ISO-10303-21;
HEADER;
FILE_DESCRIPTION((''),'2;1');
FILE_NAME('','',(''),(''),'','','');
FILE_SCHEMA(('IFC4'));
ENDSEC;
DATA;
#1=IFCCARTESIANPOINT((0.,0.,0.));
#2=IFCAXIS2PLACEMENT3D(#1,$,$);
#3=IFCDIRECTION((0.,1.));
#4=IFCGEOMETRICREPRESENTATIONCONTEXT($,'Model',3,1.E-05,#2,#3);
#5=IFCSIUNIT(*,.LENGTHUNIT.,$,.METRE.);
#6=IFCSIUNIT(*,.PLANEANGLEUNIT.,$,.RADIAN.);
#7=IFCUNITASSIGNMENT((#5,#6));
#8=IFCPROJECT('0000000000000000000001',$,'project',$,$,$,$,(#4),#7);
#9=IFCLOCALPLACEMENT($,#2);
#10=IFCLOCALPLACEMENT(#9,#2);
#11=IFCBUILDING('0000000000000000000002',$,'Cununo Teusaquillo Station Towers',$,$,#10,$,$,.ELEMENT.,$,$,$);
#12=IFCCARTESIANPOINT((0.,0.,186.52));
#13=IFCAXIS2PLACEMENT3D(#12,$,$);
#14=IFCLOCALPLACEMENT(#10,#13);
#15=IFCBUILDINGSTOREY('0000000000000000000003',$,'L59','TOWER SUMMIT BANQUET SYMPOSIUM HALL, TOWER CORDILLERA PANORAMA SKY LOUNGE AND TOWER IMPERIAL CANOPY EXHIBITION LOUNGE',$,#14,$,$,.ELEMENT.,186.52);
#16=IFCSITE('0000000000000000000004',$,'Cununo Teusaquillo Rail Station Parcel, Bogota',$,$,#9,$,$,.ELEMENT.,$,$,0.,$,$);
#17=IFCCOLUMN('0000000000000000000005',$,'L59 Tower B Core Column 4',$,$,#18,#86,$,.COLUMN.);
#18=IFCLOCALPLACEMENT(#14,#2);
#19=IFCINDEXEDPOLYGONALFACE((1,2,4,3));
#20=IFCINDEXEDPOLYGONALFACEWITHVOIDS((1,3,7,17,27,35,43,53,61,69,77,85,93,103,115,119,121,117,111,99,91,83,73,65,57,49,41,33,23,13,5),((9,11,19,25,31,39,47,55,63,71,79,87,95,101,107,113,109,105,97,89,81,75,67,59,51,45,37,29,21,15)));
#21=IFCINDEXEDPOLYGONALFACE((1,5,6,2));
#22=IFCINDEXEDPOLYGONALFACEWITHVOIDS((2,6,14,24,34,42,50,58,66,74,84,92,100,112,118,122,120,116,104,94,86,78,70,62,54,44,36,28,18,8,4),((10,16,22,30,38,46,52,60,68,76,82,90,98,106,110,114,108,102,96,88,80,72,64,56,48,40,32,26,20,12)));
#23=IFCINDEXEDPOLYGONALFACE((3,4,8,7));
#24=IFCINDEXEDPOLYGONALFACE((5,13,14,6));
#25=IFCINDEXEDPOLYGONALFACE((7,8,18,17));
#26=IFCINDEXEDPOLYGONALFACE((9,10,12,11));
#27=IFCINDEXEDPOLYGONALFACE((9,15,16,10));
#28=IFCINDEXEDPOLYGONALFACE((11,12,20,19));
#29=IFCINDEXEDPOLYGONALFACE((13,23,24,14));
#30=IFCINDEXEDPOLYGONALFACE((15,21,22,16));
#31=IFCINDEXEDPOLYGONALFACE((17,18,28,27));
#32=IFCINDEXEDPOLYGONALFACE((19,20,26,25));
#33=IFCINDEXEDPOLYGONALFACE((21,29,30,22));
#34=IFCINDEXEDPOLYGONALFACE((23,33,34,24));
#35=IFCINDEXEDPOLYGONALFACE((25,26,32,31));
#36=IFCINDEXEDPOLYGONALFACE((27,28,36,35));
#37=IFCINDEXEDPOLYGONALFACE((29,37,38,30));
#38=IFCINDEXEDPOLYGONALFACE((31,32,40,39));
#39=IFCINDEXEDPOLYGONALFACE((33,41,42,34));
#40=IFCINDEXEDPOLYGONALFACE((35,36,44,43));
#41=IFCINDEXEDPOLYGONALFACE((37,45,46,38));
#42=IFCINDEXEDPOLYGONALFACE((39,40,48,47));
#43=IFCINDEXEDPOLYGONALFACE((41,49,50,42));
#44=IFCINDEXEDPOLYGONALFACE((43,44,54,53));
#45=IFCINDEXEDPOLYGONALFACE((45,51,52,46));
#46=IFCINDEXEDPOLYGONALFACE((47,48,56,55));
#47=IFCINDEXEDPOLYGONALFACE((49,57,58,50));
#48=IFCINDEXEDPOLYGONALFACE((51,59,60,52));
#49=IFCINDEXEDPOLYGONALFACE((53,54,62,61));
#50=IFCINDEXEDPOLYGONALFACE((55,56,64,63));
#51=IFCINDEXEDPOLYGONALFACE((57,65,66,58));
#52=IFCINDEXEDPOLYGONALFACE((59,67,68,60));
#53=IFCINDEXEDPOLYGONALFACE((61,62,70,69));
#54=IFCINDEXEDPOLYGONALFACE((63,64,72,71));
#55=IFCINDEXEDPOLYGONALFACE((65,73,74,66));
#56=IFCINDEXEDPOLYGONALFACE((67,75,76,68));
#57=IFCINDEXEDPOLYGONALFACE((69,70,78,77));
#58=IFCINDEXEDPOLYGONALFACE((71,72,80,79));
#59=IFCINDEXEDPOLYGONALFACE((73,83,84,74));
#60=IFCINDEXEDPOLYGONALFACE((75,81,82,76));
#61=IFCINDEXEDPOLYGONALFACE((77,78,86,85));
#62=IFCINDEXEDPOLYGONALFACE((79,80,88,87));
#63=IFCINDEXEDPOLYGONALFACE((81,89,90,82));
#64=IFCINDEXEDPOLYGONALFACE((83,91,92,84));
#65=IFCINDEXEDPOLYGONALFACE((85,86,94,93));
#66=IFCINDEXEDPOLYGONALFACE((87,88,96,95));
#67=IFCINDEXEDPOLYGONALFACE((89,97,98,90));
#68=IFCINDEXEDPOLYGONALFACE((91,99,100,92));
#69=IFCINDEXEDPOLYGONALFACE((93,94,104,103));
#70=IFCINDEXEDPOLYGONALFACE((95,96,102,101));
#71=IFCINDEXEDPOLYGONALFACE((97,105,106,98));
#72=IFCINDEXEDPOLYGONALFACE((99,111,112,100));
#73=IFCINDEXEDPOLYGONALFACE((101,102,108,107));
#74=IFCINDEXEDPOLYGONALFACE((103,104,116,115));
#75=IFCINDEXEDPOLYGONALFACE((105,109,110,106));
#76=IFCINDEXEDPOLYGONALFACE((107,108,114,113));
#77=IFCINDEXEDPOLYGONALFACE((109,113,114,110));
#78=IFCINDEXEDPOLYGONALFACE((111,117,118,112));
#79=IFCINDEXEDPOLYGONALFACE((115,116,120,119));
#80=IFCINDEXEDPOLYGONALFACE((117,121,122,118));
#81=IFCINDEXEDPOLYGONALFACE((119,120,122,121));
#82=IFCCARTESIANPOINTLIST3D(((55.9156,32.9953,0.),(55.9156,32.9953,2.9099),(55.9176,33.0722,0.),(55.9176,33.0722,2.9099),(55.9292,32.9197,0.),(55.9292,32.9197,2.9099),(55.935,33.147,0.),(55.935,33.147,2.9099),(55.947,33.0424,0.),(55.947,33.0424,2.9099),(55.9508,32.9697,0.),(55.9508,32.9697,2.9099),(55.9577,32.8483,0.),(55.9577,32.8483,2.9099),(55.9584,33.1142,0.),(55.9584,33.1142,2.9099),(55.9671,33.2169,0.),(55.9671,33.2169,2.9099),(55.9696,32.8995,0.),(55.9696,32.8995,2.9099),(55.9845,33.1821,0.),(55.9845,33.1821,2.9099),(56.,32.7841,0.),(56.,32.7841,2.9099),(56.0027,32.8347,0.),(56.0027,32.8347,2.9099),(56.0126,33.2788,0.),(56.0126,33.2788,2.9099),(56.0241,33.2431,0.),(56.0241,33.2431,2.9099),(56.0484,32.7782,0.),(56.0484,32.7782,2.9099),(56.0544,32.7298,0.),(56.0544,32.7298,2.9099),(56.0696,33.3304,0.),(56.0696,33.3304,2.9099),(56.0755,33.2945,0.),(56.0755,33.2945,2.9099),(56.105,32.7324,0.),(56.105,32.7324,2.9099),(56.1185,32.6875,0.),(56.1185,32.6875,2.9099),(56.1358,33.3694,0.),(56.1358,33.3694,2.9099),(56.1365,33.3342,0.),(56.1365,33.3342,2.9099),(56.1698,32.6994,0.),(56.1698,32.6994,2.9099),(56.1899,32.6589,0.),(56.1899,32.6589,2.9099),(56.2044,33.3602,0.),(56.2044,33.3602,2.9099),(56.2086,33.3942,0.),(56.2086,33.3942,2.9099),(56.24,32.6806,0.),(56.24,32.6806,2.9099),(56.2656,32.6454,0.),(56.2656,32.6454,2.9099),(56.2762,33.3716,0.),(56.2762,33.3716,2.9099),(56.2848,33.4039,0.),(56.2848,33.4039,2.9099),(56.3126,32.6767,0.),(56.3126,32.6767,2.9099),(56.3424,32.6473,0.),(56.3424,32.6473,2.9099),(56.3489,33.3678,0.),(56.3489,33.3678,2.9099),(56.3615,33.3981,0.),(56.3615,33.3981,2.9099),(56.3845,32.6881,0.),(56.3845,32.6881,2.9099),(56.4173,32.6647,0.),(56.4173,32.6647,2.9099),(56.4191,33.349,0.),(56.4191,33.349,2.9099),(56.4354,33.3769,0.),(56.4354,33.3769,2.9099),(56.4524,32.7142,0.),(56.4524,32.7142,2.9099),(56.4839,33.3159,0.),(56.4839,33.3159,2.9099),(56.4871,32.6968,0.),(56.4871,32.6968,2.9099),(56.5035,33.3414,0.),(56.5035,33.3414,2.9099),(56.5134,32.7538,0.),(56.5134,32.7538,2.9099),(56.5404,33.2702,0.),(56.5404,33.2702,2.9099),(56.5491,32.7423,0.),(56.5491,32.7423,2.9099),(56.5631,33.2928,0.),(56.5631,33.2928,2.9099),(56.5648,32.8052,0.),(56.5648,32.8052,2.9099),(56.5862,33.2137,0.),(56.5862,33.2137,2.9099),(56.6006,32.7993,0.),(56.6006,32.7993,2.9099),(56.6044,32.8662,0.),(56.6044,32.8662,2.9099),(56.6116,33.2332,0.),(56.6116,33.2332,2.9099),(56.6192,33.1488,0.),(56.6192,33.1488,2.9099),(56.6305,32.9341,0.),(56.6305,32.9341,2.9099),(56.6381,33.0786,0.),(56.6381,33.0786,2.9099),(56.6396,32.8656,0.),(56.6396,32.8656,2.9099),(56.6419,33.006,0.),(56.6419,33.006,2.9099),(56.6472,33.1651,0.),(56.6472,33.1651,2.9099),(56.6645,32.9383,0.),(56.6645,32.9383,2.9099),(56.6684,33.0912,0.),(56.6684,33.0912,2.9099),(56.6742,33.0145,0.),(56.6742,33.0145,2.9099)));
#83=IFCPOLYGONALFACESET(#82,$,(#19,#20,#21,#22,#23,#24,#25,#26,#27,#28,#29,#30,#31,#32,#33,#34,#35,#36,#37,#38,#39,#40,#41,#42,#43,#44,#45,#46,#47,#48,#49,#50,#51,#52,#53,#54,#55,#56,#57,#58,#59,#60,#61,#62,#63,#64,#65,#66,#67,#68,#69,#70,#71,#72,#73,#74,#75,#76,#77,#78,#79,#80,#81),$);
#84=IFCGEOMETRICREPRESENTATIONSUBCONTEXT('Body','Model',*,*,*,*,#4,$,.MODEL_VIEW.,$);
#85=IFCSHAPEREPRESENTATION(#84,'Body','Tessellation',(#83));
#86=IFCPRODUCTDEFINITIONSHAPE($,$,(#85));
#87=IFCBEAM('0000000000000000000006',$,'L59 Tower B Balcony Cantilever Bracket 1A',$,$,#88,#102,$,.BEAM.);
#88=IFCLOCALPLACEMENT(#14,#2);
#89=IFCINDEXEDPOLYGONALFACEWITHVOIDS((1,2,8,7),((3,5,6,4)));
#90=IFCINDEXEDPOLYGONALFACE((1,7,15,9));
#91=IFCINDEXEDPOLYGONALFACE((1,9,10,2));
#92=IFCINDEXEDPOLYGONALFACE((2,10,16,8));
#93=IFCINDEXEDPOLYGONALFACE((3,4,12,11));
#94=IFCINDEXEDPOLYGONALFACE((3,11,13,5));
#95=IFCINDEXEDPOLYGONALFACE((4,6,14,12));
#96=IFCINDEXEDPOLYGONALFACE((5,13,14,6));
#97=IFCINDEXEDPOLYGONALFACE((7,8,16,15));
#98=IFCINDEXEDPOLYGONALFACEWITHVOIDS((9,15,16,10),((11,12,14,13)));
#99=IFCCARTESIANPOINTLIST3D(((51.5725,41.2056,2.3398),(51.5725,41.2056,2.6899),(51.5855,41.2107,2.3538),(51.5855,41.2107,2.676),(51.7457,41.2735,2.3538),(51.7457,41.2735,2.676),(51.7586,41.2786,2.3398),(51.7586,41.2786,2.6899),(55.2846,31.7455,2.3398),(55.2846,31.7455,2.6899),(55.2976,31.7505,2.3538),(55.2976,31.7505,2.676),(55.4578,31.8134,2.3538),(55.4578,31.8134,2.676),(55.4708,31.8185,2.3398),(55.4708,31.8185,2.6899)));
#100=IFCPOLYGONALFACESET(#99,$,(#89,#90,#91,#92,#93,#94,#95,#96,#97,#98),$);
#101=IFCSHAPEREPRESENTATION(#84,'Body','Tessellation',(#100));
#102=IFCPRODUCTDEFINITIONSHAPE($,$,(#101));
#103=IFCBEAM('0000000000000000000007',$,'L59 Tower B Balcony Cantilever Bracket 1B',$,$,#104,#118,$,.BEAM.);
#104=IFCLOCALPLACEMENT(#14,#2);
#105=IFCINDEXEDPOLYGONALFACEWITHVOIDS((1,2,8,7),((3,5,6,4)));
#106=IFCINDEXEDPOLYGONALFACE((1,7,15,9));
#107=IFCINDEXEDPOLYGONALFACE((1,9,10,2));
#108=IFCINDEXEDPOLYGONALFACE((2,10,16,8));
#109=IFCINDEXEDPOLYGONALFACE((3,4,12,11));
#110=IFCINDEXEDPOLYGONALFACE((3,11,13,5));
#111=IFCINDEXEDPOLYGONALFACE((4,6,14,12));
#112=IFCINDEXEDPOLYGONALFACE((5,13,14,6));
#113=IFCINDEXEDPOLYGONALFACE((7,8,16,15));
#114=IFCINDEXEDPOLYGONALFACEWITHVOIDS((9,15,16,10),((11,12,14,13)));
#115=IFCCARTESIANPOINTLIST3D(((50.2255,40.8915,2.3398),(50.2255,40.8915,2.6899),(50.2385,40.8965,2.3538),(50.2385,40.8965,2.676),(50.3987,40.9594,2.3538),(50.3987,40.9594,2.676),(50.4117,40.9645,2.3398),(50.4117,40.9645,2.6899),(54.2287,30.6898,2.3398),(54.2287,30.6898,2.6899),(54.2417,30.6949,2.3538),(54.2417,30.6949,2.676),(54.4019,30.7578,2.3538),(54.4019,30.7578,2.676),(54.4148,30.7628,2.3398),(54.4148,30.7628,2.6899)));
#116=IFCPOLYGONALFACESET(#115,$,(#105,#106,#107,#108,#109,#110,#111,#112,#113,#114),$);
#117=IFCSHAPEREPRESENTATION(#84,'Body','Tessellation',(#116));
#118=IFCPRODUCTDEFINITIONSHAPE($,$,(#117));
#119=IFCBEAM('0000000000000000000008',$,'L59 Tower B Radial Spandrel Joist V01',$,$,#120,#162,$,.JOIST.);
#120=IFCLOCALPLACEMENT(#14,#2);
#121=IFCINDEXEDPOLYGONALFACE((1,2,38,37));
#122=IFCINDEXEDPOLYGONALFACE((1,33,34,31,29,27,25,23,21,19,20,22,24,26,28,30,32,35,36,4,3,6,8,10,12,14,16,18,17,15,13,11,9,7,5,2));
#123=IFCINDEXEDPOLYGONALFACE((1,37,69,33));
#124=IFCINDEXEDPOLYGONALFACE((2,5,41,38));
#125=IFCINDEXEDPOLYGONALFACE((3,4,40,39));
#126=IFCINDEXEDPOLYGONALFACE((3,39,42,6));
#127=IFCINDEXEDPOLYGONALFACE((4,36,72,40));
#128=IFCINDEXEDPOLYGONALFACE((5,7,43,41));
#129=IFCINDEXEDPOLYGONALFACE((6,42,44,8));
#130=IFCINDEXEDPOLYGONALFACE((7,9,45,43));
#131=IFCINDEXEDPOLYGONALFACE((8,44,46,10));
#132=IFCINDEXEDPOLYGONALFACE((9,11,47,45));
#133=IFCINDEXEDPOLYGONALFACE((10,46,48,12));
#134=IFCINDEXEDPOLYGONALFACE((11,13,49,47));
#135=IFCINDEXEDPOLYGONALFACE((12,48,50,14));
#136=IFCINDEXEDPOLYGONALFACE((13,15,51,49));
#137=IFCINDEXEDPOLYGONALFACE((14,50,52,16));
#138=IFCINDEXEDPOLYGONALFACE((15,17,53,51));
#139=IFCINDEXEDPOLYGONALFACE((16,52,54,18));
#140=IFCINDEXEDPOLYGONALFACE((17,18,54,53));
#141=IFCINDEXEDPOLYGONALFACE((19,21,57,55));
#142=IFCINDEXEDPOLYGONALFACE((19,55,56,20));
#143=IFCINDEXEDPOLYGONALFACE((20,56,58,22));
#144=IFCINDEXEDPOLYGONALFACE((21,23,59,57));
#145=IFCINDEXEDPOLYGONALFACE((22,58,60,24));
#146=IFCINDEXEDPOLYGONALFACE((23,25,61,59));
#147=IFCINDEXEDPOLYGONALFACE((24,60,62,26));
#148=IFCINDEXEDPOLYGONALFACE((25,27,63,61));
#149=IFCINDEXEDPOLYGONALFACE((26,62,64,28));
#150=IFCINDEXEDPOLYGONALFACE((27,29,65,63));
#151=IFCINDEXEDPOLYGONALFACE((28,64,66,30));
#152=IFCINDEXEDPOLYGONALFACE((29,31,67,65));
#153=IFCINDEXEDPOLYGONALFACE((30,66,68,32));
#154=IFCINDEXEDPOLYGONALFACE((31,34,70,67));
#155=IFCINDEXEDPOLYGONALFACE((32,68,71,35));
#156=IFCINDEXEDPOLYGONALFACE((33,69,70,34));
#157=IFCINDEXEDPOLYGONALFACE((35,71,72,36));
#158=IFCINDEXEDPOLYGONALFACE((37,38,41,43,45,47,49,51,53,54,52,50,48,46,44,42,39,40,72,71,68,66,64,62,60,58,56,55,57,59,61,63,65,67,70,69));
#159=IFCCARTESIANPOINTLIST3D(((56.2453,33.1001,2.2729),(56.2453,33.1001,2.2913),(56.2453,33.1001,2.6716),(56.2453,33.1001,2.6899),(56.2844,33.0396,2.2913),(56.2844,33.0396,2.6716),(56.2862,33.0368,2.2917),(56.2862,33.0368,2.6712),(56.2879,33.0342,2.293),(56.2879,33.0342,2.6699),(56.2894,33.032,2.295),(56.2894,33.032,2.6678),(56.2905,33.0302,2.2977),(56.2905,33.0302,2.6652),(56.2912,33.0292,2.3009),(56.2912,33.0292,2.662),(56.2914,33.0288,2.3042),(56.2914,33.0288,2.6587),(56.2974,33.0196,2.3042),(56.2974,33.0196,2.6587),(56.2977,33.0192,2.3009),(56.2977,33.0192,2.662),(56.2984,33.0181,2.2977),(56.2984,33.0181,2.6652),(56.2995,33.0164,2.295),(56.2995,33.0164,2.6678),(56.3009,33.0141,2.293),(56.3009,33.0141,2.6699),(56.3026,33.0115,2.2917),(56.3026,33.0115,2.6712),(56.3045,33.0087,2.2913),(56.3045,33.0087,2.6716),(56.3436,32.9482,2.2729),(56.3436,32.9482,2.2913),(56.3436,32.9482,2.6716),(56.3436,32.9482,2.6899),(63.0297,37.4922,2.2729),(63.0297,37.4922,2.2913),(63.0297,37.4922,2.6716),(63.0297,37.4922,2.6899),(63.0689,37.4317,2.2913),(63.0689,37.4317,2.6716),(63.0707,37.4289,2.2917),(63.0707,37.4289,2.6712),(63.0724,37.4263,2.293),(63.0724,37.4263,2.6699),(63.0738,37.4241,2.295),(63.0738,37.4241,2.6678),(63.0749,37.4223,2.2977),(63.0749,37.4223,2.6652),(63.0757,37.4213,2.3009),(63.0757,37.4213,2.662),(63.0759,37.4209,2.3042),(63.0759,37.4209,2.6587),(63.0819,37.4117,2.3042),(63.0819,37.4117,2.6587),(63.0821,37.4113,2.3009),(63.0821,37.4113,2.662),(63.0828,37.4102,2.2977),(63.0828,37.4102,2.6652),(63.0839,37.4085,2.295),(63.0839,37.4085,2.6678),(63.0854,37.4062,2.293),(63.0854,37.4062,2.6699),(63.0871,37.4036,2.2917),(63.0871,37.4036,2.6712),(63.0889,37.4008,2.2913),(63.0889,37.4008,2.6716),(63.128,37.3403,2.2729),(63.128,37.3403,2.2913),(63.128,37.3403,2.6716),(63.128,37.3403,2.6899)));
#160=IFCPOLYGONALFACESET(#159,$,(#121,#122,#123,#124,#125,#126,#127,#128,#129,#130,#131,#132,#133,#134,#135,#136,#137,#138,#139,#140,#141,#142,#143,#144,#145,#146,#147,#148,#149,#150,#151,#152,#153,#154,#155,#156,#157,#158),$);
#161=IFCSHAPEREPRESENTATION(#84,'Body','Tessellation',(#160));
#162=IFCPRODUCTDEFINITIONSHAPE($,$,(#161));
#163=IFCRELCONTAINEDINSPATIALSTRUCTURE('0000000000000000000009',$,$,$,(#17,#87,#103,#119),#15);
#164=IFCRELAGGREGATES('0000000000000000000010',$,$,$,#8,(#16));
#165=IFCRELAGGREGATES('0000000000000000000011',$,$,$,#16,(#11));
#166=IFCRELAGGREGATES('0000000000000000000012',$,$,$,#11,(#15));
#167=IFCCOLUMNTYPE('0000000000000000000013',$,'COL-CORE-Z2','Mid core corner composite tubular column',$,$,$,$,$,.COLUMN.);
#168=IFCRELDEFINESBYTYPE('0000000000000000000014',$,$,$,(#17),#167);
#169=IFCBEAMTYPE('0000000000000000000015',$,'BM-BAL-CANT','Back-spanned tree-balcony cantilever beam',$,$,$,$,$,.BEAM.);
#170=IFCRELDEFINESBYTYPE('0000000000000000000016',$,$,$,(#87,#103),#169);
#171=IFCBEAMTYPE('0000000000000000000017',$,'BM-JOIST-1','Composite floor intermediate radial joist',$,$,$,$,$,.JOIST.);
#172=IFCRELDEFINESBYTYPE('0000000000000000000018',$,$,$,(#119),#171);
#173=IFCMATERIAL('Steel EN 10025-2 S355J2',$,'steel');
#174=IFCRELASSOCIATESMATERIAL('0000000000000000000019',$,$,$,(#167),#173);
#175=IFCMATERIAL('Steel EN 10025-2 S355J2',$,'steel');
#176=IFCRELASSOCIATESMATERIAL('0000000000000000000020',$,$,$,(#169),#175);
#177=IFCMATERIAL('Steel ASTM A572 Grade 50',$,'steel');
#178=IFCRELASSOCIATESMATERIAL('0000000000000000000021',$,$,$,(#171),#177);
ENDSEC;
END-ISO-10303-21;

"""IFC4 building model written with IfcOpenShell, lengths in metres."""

from ifc_helpers import new_model, si_unit, direction, frame, origin, origin_2d, place, context, subcontext, project, spatial, hollow_rectangle, hollow_circle, i_section, extrude, material, material_profile, profile_set, type_object, element, save


model = new_model("IFC4")

# Units and contexts
model_context = context("Model", 3, precision=1e-05, world=origin(), true_north=direction((0.0, 1.0)))
body_context = subcontext(model_context, "Body", "Model", "MODEL_VIEW")
ifc_project = project(units=[si_unit("LENGTHUNIT", "METRE"), si_unit("PLANEANGLEUNIT", "RADIAN")], contexts=[model_context])

# Site, building, storey
site_placement = place(None, origin())
site = spatial("IfcSite", under=ifc_project, at=site_placement, Name="Cununo Teusaquillo Rail Station Parcel, Bogota", CompositionType="ELEMENT", RefElevation=0.0)
building_placement = place(site_placement, origin())
building = spatial("IfcBuilding", under=site, at=building_placement, Name="Cununo Teusaquillo Station Towers", CompositionType="ELEMENT")
storey_placement = place(building_placement, frame((0.0, 0.0, 186.52)))
storey = spatial("IfcBuildingStorey", under=building, at=storey_placement, Name="L59", Description="TOWER SUMMIT BANQUET SYMPOSIUM HALL, TOWER CORDILLERA PANORAMA SKY LOUNGE AND TOWER IMPERIAL CANOPY EXHIBITION LOUNGE", CompositionType="ELEMENT", Elevation=186.52)

# Column
ifc_material_1 = material(Name="Steel EN 10025-2 S355J2", Category="steel")
ifc_material_profile_1 = material_profile(ifc_material_1, hollow_circle(Radius=0.3799, WallThickness=0.032, at=origin_2d()), Name="CHS 760x32")
ifc_profile_set_1 = profile_set([ifc_material_profile_1], Name="Steel EN 10025-2 S355J2")
column_type = type_object("IfcColumnType", Name="COL-CORE-Z2", Description="Mid core corner composite tubular column", PredefinedType="COLUMN", material=ifc_profile_set_1)
column_placement = place(storey_placement, frame((56.2944, 33.0242, 0.0), z_axis=(0.0, 0.0, 1.0), x_axis=(0.707107, 0.707107, 0.0)))
element("IfcColumn", 1, at=column_placement, inside=storey, type_object=column_type, Name="L59 Tower B Core Column 4", PredefinedType="COLUMN", context=body_context, shape_type="SweptSolid", body=[
    extrude(hollow_circle(Radius=0.3799, WallThickness=0.032, at=origin_2d()), origin(), (0.0, 0.0, 1.0), 2.9099),
])

# Beams
ifc_material_2 = material(Name="Steel EN 10025-2 S355J2", Category="steel")
ifc_material_profile_2 = material_profile(ifc_material_2, hollow_rectangle(XDim=0.2, YDim=0.3501, WallThickness=0.0139, at=origin_2d()), Name="RHS 350x200x14")
ifc_profile_set_2 = profile_set([ifc_material_profile_2], Name="Steel EN 10025-2 S355J2")
beam_type_1 = type_object("IfcBeamType", Name="BM-BAL-CANT", Description="Back-spanned tree-balcony cantilever beam", PredefinedType="BEAM", material=ifc_profile_set_2)
beam_1_placement = place(storey_placement, frame((55.3777, 31.782, 2.5149), z_axis=(-0.365281, 0.930897, 0.0), x_axis=(-0.930897, -0.365281, 0.0)))
element("IfcBeam", 2, at=beam_1_placement, inside=storey, type_object=beam_type_1, Name="L59 Tower B Balcony Cantilever Bracket 1A", PredefinedType="BEAM", context=body_context, shape_type="SweptSolid", body=[
    extrude(hollow_rectangle(XDim=0.2, YDim=0.3501, WallThickness=0.0139, at=origin_2d()), origin(), (0.0, 0.0, 1.0), 10.1624),
])
beam_2_placement = place(storey_placement, frame((54.3218, 30.7263, 2.5149), z_axis=(-0.365287, 0.930895, 0.0), x_axis=(-0.930895, -0.365287, 0.0)))
element("IfcBeam", 3, at=beam_2_placement, inside=storey, type_object=beam_type_1, Name="L59 Tower B Balcony Cantilever Bracket 1B", PredefinedType="BEAM", context=body_context, shape_type="SweptSolid", body=[
    extrude(hollow_rectangle(XDim=0.2, YDim=0.3501, WallThickness=0.0139, at=origin_2d()), origin(), (0.0, 0.0, 1.0), 10.959),
])
ifc_material_3 = material(Name="Steel ASTM A572 Grade 50", Category="steel")
ifc_material_profile_3 = material_profile(ifc_material_3, i_section(OverallWidth=0.1809, OverallDepth=0.417, WebThickness=0.011, FlangeThickness=0.0183, FilletRadius=0.0129, at=origin_2d()), Name="W16X57")
ifc_profile_set_3 = profile_set([ifc_material_profile_3], Name="Steel ASTM A572 Grade 50")
beam_type_2 = type_object("IfcBeamType", Name="BM-JOIST-1", Description="Composite floor intermediate radial joist", PredefinedType="JOIST", material=ifc_profile_set_3)
beam_3_placement = place(storey_placement, frame((56.2944, 33.0242, 2.4814), z_axis=(0.839448, 0.54344, 0.0), x_axis=(-0.54344, 0.839448, 0.0)))
element("IfcBeam", 4, at=beam_3_placement, inside=storey, type_object=beam_type_2, Name="L59 Tower B Radial Spandrel Joist V01", PredefinedType="JOIST", context=body_context, shape_type="SweptSolid", body=[
    extrude(i_section(OverallWidth=0.1809, OverallDepth=0.417, WebThickness=0.011, FlangeThickness=0.0183, FilletRadius=0.0129, at=origin_2d()), origin(), (0.0, 0.0, 1.0), 8.082),
])

save(model, "model.ifc")
